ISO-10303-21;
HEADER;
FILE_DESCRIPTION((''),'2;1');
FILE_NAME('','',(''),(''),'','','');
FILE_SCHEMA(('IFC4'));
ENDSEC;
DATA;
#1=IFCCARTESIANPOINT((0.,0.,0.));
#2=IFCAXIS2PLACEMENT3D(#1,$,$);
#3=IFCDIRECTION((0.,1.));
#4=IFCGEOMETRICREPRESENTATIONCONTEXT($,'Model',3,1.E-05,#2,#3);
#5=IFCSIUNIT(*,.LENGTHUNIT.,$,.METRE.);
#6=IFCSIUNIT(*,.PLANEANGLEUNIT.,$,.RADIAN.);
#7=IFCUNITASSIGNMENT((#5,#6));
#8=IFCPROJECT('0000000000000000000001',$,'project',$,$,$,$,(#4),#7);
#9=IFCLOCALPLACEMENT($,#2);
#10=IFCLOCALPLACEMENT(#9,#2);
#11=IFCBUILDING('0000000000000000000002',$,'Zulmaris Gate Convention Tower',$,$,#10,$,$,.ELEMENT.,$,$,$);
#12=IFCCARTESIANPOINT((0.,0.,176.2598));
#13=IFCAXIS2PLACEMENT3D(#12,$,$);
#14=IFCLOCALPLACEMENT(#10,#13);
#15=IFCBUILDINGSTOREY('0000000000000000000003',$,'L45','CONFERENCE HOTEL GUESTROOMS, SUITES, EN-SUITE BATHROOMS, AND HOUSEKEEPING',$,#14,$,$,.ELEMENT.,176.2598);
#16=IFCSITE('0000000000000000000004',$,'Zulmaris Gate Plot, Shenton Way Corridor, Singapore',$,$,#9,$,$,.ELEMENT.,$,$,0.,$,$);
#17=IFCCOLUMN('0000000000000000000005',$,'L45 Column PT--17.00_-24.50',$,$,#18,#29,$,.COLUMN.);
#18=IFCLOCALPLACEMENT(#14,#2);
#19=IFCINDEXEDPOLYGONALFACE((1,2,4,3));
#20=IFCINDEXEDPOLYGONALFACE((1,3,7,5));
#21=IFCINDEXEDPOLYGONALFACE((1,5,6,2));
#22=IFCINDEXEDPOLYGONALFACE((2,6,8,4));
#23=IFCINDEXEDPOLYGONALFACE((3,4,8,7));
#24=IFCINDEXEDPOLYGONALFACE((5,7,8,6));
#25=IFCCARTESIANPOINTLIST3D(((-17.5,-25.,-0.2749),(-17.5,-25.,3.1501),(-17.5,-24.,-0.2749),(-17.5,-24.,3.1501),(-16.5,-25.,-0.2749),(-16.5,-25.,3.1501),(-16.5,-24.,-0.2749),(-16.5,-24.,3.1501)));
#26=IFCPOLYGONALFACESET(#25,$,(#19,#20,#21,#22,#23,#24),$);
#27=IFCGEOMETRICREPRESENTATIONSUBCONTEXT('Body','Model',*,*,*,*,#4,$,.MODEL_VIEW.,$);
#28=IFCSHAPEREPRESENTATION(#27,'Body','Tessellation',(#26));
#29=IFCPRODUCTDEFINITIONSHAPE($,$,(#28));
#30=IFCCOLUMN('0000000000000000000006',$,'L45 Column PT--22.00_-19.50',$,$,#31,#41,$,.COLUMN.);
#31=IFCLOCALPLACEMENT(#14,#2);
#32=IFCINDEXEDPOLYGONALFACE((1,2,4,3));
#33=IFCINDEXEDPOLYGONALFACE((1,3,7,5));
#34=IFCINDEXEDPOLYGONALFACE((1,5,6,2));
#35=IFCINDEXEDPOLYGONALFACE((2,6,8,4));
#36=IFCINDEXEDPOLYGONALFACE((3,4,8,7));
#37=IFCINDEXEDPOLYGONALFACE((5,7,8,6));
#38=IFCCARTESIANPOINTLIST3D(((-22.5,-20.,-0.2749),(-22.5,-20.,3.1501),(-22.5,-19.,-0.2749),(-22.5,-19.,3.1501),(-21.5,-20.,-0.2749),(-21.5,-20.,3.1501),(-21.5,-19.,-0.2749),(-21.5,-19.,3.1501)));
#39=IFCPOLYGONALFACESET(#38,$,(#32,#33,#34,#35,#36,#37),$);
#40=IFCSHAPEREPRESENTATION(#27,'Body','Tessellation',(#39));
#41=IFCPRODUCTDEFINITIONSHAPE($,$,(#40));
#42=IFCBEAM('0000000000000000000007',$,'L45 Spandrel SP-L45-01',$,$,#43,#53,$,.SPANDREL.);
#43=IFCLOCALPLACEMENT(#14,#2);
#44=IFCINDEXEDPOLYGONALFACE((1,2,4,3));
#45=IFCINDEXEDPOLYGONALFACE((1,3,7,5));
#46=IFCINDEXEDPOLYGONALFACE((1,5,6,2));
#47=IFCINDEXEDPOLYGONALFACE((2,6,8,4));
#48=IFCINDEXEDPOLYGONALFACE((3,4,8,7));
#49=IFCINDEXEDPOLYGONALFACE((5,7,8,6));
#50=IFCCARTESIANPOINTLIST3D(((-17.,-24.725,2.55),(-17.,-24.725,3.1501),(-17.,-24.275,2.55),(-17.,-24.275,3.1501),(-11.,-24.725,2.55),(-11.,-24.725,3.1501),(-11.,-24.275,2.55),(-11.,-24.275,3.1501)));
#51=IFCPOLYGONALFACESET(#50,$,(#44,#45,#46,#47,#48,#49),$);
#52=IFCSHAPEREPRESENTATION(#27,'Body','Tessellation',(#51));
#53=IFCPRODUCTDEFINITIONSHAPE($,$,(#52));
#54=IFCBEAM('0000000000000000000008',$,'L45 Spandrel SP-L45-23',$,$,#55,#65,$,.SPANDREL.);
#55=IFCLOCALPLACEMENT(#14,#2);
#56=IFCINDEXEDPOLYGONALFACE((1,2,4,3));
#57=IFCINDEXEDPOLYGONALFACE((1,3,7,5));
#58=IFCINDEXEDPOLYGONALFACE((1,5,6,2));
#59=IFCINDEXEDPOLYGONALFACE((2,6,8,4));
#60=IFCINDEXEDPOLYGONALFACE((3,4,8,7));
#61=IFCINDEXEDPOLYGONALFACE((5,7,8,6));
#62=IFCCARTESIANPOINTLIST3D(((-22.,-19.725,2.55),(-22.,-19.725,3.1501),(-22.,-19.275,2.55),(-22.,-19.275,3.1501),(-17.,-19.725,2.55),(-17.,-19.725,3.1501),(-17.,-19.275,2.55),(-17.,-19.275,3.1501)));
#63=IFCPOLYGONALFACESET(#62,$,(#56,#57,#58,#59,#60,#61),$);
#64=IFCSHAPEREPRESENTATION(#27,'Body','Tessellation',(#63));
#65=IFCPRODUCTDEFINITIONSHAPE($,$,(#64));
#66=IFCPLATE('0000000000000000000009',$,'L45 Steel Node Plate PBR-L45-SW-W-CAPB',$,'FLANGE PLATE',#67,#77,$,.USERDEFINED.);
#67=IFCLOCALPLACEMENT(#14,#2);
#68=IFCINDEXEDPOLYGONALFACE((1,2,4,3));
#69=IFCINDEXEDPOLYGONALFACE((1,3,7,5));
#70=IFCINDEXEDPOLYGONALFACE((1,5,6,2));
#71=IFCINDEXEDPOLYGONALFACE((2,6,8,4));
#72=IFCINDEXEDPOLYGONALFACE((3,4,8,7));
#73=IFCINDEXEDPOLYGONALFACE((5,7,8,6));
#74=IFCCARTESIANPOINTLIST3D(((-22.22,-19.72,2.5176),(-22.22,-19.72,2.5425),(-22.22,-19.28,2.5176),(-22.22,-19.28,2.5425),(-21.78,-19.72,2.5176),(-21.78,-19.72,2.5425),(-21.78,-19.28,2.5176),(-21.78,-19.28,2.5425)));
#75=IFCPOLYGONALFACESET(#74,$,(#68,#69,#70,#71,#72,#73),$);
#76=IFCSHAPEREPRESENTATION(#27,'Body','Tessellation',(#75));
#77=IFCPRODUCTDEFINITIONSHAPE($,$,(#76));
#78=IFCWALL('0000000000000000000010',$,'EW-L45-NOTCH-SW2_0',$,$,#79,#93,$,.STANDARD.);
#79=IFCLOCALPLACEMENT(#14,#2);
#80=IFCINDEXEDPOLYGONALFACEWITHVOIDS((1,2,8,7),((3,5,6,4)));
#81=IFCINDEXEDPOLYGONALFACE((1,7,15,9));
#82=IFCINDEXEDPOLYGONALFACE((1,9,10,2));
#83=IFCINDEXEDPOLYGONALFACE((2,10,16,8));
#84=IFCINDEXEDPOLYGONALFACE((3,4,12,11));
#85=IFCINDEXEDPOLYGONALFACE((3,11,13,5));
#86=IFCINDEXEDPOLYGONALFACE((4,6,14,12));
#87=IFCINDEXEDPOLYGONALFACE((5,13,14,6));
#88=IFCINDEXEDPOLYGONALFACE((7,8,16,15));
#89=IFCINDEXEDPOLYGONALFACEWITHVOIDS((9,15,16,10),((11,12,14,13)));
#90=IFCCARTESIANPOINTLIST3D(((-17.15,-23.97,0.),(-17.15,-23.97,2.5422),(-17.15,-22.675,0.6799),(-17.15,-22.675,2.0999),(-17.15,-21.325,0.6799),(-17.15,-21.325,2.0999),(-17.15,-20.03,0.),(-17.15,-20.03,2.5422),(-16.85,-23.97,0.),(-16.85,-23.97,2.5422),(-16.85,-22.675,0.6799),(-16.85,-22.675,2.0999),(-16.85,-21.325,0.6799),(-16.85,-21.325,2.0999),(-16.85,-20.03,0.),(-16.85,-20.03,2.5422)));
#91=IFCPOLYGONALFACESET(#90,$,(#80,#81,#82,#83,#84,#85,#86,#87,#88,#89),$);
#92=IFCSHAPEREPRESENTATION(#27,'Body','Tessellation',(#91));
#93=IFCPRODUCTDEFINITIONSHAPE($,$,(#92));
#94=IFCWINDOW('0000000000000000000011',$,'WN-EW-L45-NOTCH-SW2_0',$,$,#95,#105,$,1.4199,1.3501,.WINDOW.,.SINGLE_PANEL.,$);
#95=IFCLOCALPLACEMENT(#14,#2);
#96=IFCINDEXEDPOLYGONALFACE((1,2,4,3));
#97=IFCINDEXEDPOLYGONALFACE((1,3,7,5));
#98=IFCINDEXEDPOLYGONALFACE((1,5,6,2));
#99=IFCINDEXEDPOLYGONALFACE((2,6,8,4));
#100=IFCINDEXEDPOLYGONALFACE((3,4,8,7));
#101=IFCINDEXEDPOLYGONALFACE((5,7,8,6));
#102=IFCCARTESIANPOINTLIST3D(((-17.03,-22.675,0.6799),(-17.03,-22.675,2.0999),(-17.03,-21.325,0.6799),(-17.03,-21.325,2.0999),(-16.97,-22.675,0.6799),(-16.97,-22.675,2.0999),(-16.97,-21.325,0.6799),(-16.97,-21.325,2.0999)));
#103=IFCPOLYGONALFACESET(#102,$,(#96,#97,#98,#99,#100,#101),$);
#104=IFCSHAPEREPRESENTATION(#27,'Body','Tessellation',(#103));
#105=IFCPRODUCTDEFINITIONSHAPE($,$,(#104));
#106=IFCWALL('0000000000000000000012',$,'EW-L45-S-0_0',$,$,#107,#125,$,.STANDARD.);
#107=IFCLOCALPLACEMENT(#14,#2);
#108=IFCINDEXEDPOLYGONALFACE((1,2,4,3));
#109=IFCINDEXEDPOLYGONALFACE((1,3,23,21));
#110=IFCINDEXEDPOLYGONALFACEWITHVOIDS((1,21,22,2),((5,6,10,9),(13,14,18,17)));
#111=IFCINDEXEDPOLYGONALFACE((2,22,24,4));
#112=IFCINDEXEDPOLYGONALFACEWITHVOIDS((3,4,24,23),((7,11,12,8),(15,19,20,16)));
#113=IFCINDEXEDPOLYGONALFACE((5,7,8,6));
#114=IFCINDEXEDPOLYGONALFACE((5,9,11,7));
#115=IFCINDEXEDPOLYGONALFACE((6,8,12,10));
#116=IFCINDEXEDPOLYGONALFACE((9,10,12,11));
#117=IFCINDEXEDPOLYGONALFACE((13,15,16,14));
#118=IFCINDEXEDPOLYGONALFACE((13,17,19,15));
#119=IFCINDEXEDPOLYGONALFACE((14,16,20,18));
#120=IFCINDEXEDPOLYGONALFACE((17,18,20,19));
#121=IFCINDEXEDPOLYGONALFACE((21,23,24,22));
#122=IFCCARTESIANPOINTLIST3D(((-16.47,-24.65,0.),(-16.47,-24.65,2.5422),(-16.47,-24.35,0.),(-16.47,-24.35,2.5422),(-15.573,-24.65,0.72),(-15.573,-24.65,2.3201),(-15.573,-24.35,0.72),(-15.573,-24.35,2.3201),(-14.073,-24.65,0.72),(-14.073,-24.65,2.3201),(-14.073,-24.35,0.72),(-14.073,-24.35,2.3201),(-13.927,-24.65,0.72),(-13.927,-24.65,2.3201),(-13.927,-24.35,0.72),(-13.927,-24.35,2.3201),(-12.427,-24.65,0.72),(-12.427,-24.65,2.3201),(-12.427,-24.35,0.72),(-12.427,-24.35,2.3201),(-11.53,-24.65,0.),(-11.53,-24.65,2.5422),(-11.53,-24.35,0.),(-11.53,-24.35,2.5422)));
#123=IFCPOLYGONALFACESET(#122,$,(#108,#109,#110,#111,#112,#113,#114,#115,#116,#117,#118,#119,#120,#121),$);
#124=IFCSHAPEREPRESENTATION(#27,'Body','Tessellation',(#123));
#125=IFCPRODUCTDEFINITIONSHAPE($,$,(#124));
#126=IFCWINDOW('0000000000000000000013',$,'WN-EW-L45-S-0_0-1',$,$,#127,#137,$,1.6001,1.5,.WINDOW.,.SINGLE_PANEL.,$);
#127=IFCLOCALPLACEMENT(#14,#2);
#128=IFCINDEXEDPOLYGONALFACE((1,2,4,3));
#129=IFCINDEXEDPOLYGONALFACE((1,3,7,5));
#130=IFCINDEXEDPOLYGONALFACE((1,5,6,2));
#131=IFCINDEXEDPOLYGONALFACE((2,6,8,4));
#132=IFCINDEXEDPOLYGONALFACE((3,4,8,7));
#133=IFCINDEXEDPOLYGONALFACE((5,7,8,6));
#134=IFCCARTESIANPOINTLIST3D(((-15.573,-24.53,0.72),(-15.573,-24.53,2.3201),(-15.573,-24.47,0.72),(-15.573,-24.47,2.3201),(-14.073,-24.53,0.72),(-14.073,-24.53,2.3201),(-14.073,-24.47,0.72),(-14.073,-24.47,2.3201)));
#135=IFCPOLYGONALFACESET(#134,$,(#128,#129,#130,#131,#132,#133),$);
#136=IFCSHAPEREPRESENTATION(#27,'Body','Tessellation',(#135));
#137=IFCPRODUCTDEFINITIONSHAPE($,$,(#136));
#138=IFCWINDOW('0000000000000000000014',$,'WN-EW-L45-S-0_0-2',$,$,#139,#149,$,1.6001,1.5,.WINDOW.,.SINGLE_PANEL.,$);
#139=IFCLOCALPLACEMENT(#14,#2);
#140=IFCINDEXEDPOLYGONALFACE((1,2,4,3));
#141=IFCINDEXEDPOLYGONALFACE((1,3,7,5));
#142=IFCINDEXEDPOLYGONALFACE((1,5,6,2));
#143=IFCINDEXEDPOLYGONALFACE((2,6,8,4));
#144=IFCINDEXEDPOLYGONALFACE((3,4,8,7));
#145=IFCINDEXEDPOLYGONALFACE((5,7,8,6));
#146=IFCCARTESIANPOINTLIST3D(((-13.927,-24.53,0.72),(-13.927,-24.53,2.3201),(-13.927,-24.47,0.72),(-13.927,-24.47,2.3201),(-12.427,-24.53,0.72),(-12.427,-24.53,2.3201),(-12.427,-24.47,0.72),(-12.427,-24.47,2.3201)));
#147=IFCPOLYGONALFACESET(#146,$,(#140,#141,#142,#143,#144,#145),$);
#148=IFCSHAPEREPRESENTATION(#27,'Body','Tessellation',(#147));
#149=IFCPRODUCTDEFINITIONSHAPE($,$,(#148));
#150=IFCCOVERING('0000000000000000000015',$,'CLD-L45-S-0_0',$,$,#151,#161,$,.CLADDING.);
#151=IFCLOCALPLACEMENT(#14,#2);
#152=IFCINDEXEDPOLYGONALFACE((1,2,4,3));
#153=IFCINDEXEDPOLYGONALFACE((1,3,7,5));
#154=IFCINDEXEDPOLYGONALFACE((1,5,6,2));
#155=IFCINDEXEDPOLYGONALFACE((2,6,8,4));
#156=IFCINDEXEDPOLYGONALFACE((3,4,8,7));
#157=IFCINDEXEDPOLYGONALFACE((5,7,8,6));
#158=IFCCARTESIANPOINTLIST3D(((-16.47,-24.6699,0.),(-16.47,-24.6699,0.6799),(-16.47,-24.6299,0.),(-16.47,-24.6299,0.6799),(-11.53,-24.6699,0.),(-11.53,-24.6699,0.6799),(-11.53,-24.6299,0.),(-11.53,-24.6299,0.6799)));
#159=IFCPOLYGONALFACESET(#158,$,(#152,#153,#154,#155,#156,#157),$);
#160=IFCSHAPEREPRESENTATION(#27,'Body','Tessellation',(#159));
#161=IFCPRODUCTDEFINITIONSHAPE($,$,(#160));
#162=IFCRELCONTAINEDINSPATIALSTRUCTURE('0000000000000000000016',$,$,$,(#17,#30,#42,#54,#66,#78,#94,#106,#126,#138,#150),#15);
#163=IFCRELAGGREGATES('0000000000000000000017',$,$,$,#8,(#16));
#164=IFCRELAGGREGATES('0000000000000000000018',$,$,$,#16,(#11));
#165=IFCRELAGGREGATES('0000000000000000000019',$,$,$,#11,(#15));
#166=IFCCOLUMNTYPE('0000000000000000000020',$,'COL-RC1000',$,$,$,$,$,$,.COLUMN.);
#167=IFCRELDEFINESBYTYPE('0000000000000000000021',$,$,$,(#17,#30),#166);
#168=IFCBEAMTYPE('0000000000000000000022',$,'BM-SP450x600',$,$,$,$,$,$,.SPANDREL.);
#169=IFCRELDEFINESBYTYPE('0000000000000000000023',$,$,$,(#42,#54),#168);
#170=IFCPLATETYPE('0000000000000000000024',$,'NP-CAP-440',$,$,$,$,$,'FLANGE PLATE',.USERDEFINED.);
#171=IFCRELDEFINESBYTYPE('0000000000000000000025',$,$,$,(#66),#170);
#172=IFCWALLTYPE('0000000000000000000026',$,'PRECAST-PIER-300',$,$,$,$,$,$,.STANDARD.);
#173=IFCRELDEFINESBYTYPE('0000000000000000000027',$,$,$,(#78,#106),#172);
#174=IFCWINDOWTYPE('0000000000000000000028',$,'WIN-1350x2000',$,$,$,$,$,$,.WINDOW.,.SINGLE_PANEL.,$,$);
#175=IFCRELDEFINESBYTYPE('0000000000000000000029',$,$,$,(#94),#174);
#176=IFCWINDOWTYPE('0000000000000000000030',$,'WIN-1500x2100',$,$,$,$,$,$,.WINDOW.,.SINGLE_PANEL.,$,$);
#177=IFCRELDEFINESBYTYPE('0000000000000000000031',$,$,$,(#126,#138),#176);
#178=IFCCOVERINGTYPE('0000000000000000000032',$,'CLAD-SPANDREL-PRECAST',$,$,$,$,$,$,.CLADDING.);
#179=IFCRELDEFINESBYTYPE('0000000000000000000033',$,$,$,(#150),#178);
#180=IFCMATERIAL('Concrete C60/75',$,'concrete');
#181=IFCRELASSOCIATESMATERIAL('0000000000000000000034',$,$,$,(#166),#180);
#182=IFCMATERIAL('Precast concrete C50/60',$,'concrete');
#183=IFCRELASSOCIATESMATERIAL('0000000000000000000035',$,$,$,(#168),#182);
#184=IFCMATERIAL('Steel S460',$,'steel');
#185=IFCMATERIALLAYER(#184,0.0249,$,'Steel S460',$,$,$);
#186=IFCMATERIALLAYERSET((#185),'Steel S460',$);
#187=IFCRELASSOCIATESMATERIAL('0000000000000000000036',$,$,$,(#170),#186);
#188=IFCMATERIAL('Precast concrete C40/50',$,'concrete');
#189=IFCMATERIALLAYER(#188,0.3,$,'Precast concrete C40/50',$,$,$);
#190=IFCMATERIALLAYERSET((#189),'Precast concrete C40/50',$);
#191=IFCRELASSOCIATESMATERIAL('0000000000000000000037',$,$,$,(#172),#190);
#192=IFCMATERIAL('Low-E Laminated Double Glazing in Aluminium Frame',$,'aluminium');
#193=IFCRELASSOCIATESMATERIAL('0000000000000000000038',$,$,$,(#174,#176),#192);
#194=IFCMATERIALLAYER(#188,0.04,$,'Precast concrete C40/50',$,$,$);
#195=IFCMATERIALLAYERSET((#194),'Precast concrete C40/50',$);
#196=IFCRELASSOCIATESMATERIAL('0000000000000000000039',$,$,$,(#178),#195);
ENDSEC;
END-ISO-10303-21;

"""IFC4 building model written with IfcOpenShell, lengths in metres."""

from ifc_helpers import new_model, si_unit, direction, frame, frame_2d, origin, origin_2d, place, context, subcontext, project, spatial, rectangle, extrude, material, layer, layer_set, material_profile, profile_set, type_object, element, fill, save


model = new_model("IFC4")

# Units and contexts
model_context = context("Model", 3, precision=1e-05, world=origin(), true_north=direction((0.0, 1.0)))
body_context = subcontext(model_context, "Body", "Model", "MODEL_VIEW")
ifc_project = project(units=[si_unit("LENGTHUNIT", "METRE"), si_unit("PLANEANGLEUNIT", "RADIAN")], contexts=[model_context])

# Site, building, storey
site_placement = place(None, origin())
site = spatial("IfcSite", under=ifc_project, at=site_placement, Name="Zulmaris Gate Plot, Shenton Way Corridor, Singapore", CompositionType="ELEMENT", RefElevation=0.0)
building_placement = place(site_placement, origin())
building = spatial("IfcBuilding", under=site, at=building_placement, Name="Zulmaris Gate Convention Tower", CompositionType="ELEMENT")
storey_placement = place(building_placement, frame((0.0, 0.0, 176.2598)))
storey = spatial("IfcBuildingStorey", under=building, at=storey_placement, Name="L45", Description="CONFERENCE HOTEL GUESTROOMS, SUITES, EN-SUITE BATHROOMS, AND HOUSEKEEPING", CompositionType="ELEMENT", Elevation=176.2598)

# Columns
ifc_material_1 = material(Name="Concrete C60/75", Category="concrete")
ifc_material_profile_1 = material_profile(ifc_material_1, rectangle(XDim=1.0, YDim=1.0, at=origin_2d()), Name="RC COL 1000x1000")
ifc_profile_set_1 = profile_set([ifc_material_profile_1], Name="Concrete C60/75")
column_type = type_object("IfcColumnType", Name="COL-RC1000", PredefinedType="COLUMN", material=ifc_profile_set_1)
for number, where, z_axis, x_axis, name in (
    (1, (-17.0, -24.5, -0.2749), (0.0, 0.0, 1.0), (1.0, 0.0, 0.0), "L45 Column PT--17.00_-24.50"),
    (2, (-22.0, -19.5, -0.2749), (0.0, 0.0, 1.0), (1.0, 0.0, 0.0), "L45 Column PT--22.00_-19.50"),
):
    element("IfcColumn", number, at=place(storey_placement, frame(where, z_axis=z_axis, x_axis=x_axis)), inside=storey, type_object=column_type, Name=name, PredefinedType="COLUMN", context=body_context, shape_type="SweptSolid", body=[
        extrude(rectangle(XDim=1.0, YDim=1.0, at=origin_2d()), origin(), (0.0, 0.0, 1.0), 3.425),
    ])

# Beams
ifc_material_2 = material(Name="Precast concrete C50/60", Category="concrete")
ifc_material_profile_2 = material_profile(ifc_material_2, rectangle(XDim=0.45, YDim=0.6001, at=origin_2d()), Name="RC SPANDREL 450x600")
ifc_profile_set_2 = profile_set([ifc_material_profile_2], Name="Precast concrete C50/60")
beam_type = type_object("IfcBeamType", Name="BM-SP450x600", PredefinedType="SPANDREL", material=ifc_profile_set_2)
beam_1_placement = place(storey_placement, frame((-17.0, -24.5, 2.8501), z_axis=(1.0, 0.0, 0.0), x_axis=(0.0, 1.0, 0.0)))
element("IfcBeam", 3, at=beam_1_placement, inside=storey, type_object=beam_type, Name="L45 Spandrel SP-L45-01", PredefinedType="SPANDREL", context=body_context, shape_type="SweptSolid", body=[
    extrude(rectangle(XDim=0.45, YDim=0.6001, at=origin_2d()), origin(), (0.0, 0.0, 1.0), 6.0),
])
beam_2_placement = place(storey_placement, frame((-22.0, -19.5, 2.8501), z_axis=(1.0, 0.0, 0.0), x_axis=(0.0, 1.0, 0.0)))
element("IfcBeam", 4, at=beam_2_placement, inside=storey, type_object=beam_type, Name="L45 Spandrel SP-L45-23", PredefinedType="SPANDREL", context=body_context, shape_type="SweptSolid", body=[
    extrude(rectangle(XDim=0.45, YDim=0.6001, at=origin_2d()), origin(), (0.0, 0.0, 1.0), 5.0),
])

# Plate
ifc_material_3 = material(Name="Steel S460", Category="steel")
ifc_layer_1 = layer(ifc_material_3, 0.0249, Name="Steel S460")
ifc_layer_set_1 = layer_set([ifc_layer_1], Name="Steel S460")
plate_type = type_object("IfcPlateType", Name="NP-CAP-440", ElementType="FLANGE PLATE", PredefinedType="USERDEFINED", material=ifc_layer_set_1)
plate_placement = place(storey_placement, frame((-22.0, -19.5, 2.5176), z_axis=(0.0, 0.0, 1.0), x_axis=(1.0, 0.0, 0.0)))
element("IfcPlate", 5, at=plate_placement, inside=storey, type_object=plate_type, Name="L45 Steel Node Plate PBR-L45-SW-W-CAPB", ObjectType="FLANGE PLATE", PredefinedType="USERDEFINED", context=body_context, shape_type="SweptSolid", body=[
    extrude(rectangle(XDim=0.4399, YDim=0.4399, at=origin_2d()), origin(), (0.0, 0.0, 1.0), 0.0249),
])

# Wall, opening, window
ifc_material_4 = material(Name="Precast concrete C40/50", Category="concrete")
ifc_layer_2 = layer(ifc_material_4, 0.3, Name="Precast concrete C40/50")
ifc_layer_set_2 = layer_set([ifc_layer_2], Name="Precast concrete C40/50")
wall_type = type_object("IfcWallType", Name="PRECAST-PIER-300", PredefinedType="STANDARD", material=ifc_layer_set_2)
wall_1_placement = place(storey_placement, frame((-17.0, -20.03, 0.0), z_axis=(0.0, 0.0, 1.0), x_axis=(0.0, -1.0, 0.0)))
wall_1 = element("IfcWall", 6, at=wall_1_placement, inside=storey, type_object=wall_type, Name="EW-L45-NOTCH-SW2_0", PredefinedType="STANDARD", context=body_context, shape_type="SweptSolid", body=[
    extrude(rectangle(XDim=3.9399, YDim=0.3, at=frame_2d((1.97, 0.0))), origin(), (0.0, 0.0, 1.0), 2.5422),
])
opening_1_placement = place(wall_1_placement, frame((1.2949, 0.0, 0.6799)))
opening_1 = element("IfcOpeningElement", 7, at=opening_1_placement, cuts=wall_1, PredefinedType="OPENING", context=body_context, shape_type="SweptSolid", body=[
    extrude(rectangle(XDim=1.3501, YDim=1.4199, at=frame_2d((0.675, 0.71))), frame((0.0, 0.1602, 0.0), z_axis=(0.0, -1.0, 0.0), x_axis=(1.0, 0.0, 0.0)), (0.0, 0.0, 1.0), 0.3201),
])
ifc_material_5 = material(Name="Low-E Laminated Double Glazing in Aluminium Frame", Category="aluminium")
window_type_1 = type_object("IfcWindowType", Name="WIN-1350x2000", PartitioningType="SINGLE_PANEL", PredefinedType="WINDOW", material=ifc_material_5)
window_1_placement = place(opening_1_placement, origin())
window_1 = element("IfcWindow", 8, at=window_1_placement, inside=storey, type_object=window_type_1, Name="WN-EW-L45-NOTCH-SW2_0", OverallHeight=1.4199, OverallWidth=1.3501, PartitioningType="SINGLE_PANEL", PredefinedType="WINDOW", context=body_context, shape_type="SweptSolid", body=[
    extrude(rectangle(XDim=1.3501, YDim=1.4199, at=frame_2d((0.675, 0.71))), frame((0.0, 0.03, 0.0), z_axis=(0.0, -1.0, 0.0), x_axis=(1.0, 0.0, 0.0)), (0.0, 0.0, 1.0), 0.0601),
])
fill(opening_1, window_1)

# Wall, openings, windows
wall_2_placement = place(storey_placement, frame((-16.47, -24.5, 0.0), z_axis=(0.0, 0.0, 1.0), x_axis=(1.0, 0.0, 0.0)))
wall_2 = element("IfcWall", 9, at=wall_2_placement, inside=storey, type_object=wall_type, Name="EW-L45-S-0_0", PredefinedType="STANDARD", context=body_context, shape_type="SweptSolid", body=[
    extrude(rectangle(XDim=4.9399, YDim=0.3, at=frame_2d((2.47, 0.0))), origin(), (0.0, 0.0, 1.0), 2.5422),
])
opening_2_placement = place(wall_2_placement, frame((0.897, 0.0, 0.72)))
opening_2 = element("IfcOpeningElement", 10, at=opening_2_placement, cuts=wall_2, PredefinedType="OPENING", context=body_context, shape_type="SweptSolid", body=[
    extrude(rectangle(XDim=1.5, YDim=1.6001, at=frame_2d((0.75, 0.8))), frame((0.0, 0.1602, 0.0), z_axis=(0.0, -1.0, 0.0), x_axis=(1.0, 0.0, 0.0)), (0.0, 0.0, 1.0), 0.3201),
])
opening_3_placement = place(wall_2_placement, frame((2.543, 0.0, 0.72)))
opening_3 = element("IfcOpeningElement", 11, at=opening_3_placement, cuts=wall_2, PredefinedType="OPENING", context=body_context, shape_type="SweptSolid", body=[
    extrude(rectangle(XDim=1.5, YDim=1.6001, at=frame_2d((0.75, 0.8))), frame((0.0, 0.1602, 0.0), z_axis=(0.0, -1.0, 0.0), x_axis=(1.0, 0.0, 0.0)), (0.0, 0.0, 1.0), 0.3201),
])
window_type_2 = type_object("IfcWindowType", Name="WIN-1500x2100", PartitioningType="SINGLE_PANEL", PredefinedType="WINDOW", material=ifc_material_5)
window_2_placement = place(opening_2_placement, origin())
window_2 = element("IfcWindow", 12, at=window_2_placement, inside=storey, type_object=window_type_2, Name="WN-EW-L45-S-0_0-1", OverallHeight=1.6001, OverallWidth=1.5, PartitioningType="SINGLE_PANEL", PredefinedType="WINDOW", context=body_context, shape_type="SweptSolid", body=[
    extrude(rectangle(XDim=1.5, YDim=1.6001, at=frame_2d((0.75, 0.8))), frame((0.0, 0.03, 0.0), z_axis=(0.0, -1.0, 0.0), x_axis=(1.0, 0.0, 0.0)), (0.0, 0.0, 1.0), 0.0601),
])
fill(opening_2, window_2)
window_3_placement = place(opening_3_placement, origin())
window_3 = element("IfcWindow", 13, at=window_3_placement, inside=storey, type_object=window_type_2, Name="WN-EW-L45-S-0_0-2", OverallHeight=1.6001, OverallWidth=1.5, PartitioningType="SINGLE_PANEL", PredefinedType="WINDOW", context=body_context, shape_type="SweptSolid", body=[
    extrude(rectangle(XDim=1.5, YDim=1.6001, at=frame_2d((0.75, 0.8))), frame((0.0, 0.03, 0.0), z_axis=(0.0, -1.0, 0.0), x_axis=(1.0, 0.0, 0.0)), (0.0, 0.0, 1.0), 0.0601),
])
fill(opening_3, window_3)

# Covering
ifc_layer_3 = layer(ifc_material_4, 0.04, Name="Precast concrete C40/50")
ifc_layer_set_3 = layer_set([ifc_layer_3], Name="Precast concrete C40/50")
covering_type_1 = type_object("IfcCoveringType", Name="CLAD-SPANDREL-PRECAST", PredefinedType="CLADDING", material=ifc_layer_set_3)
covering_1_placement = place(storey_placement, frame((-16.47, -24.6499, 0.0), z_axis=(0.0, 0.0, 1.0), x_axis=(1.0, 0.0, 0.0)))
element("IfcCovering", 14, at=covering_1_placement, inside=storey, type_object=covering_type_1, Name="CLD-L45-S-0_0", PredefinedType="CLADDING", context=body_context, shape_type="SweptSolid", body=[
    extrude(rectangle(XDim=4.9399, YDim=0.04, at=frame_2d((2.47, 0.0))), origin(), (0.0, 0.0, 1.0), 0.6799),
])

save(model, "model.ifc")
